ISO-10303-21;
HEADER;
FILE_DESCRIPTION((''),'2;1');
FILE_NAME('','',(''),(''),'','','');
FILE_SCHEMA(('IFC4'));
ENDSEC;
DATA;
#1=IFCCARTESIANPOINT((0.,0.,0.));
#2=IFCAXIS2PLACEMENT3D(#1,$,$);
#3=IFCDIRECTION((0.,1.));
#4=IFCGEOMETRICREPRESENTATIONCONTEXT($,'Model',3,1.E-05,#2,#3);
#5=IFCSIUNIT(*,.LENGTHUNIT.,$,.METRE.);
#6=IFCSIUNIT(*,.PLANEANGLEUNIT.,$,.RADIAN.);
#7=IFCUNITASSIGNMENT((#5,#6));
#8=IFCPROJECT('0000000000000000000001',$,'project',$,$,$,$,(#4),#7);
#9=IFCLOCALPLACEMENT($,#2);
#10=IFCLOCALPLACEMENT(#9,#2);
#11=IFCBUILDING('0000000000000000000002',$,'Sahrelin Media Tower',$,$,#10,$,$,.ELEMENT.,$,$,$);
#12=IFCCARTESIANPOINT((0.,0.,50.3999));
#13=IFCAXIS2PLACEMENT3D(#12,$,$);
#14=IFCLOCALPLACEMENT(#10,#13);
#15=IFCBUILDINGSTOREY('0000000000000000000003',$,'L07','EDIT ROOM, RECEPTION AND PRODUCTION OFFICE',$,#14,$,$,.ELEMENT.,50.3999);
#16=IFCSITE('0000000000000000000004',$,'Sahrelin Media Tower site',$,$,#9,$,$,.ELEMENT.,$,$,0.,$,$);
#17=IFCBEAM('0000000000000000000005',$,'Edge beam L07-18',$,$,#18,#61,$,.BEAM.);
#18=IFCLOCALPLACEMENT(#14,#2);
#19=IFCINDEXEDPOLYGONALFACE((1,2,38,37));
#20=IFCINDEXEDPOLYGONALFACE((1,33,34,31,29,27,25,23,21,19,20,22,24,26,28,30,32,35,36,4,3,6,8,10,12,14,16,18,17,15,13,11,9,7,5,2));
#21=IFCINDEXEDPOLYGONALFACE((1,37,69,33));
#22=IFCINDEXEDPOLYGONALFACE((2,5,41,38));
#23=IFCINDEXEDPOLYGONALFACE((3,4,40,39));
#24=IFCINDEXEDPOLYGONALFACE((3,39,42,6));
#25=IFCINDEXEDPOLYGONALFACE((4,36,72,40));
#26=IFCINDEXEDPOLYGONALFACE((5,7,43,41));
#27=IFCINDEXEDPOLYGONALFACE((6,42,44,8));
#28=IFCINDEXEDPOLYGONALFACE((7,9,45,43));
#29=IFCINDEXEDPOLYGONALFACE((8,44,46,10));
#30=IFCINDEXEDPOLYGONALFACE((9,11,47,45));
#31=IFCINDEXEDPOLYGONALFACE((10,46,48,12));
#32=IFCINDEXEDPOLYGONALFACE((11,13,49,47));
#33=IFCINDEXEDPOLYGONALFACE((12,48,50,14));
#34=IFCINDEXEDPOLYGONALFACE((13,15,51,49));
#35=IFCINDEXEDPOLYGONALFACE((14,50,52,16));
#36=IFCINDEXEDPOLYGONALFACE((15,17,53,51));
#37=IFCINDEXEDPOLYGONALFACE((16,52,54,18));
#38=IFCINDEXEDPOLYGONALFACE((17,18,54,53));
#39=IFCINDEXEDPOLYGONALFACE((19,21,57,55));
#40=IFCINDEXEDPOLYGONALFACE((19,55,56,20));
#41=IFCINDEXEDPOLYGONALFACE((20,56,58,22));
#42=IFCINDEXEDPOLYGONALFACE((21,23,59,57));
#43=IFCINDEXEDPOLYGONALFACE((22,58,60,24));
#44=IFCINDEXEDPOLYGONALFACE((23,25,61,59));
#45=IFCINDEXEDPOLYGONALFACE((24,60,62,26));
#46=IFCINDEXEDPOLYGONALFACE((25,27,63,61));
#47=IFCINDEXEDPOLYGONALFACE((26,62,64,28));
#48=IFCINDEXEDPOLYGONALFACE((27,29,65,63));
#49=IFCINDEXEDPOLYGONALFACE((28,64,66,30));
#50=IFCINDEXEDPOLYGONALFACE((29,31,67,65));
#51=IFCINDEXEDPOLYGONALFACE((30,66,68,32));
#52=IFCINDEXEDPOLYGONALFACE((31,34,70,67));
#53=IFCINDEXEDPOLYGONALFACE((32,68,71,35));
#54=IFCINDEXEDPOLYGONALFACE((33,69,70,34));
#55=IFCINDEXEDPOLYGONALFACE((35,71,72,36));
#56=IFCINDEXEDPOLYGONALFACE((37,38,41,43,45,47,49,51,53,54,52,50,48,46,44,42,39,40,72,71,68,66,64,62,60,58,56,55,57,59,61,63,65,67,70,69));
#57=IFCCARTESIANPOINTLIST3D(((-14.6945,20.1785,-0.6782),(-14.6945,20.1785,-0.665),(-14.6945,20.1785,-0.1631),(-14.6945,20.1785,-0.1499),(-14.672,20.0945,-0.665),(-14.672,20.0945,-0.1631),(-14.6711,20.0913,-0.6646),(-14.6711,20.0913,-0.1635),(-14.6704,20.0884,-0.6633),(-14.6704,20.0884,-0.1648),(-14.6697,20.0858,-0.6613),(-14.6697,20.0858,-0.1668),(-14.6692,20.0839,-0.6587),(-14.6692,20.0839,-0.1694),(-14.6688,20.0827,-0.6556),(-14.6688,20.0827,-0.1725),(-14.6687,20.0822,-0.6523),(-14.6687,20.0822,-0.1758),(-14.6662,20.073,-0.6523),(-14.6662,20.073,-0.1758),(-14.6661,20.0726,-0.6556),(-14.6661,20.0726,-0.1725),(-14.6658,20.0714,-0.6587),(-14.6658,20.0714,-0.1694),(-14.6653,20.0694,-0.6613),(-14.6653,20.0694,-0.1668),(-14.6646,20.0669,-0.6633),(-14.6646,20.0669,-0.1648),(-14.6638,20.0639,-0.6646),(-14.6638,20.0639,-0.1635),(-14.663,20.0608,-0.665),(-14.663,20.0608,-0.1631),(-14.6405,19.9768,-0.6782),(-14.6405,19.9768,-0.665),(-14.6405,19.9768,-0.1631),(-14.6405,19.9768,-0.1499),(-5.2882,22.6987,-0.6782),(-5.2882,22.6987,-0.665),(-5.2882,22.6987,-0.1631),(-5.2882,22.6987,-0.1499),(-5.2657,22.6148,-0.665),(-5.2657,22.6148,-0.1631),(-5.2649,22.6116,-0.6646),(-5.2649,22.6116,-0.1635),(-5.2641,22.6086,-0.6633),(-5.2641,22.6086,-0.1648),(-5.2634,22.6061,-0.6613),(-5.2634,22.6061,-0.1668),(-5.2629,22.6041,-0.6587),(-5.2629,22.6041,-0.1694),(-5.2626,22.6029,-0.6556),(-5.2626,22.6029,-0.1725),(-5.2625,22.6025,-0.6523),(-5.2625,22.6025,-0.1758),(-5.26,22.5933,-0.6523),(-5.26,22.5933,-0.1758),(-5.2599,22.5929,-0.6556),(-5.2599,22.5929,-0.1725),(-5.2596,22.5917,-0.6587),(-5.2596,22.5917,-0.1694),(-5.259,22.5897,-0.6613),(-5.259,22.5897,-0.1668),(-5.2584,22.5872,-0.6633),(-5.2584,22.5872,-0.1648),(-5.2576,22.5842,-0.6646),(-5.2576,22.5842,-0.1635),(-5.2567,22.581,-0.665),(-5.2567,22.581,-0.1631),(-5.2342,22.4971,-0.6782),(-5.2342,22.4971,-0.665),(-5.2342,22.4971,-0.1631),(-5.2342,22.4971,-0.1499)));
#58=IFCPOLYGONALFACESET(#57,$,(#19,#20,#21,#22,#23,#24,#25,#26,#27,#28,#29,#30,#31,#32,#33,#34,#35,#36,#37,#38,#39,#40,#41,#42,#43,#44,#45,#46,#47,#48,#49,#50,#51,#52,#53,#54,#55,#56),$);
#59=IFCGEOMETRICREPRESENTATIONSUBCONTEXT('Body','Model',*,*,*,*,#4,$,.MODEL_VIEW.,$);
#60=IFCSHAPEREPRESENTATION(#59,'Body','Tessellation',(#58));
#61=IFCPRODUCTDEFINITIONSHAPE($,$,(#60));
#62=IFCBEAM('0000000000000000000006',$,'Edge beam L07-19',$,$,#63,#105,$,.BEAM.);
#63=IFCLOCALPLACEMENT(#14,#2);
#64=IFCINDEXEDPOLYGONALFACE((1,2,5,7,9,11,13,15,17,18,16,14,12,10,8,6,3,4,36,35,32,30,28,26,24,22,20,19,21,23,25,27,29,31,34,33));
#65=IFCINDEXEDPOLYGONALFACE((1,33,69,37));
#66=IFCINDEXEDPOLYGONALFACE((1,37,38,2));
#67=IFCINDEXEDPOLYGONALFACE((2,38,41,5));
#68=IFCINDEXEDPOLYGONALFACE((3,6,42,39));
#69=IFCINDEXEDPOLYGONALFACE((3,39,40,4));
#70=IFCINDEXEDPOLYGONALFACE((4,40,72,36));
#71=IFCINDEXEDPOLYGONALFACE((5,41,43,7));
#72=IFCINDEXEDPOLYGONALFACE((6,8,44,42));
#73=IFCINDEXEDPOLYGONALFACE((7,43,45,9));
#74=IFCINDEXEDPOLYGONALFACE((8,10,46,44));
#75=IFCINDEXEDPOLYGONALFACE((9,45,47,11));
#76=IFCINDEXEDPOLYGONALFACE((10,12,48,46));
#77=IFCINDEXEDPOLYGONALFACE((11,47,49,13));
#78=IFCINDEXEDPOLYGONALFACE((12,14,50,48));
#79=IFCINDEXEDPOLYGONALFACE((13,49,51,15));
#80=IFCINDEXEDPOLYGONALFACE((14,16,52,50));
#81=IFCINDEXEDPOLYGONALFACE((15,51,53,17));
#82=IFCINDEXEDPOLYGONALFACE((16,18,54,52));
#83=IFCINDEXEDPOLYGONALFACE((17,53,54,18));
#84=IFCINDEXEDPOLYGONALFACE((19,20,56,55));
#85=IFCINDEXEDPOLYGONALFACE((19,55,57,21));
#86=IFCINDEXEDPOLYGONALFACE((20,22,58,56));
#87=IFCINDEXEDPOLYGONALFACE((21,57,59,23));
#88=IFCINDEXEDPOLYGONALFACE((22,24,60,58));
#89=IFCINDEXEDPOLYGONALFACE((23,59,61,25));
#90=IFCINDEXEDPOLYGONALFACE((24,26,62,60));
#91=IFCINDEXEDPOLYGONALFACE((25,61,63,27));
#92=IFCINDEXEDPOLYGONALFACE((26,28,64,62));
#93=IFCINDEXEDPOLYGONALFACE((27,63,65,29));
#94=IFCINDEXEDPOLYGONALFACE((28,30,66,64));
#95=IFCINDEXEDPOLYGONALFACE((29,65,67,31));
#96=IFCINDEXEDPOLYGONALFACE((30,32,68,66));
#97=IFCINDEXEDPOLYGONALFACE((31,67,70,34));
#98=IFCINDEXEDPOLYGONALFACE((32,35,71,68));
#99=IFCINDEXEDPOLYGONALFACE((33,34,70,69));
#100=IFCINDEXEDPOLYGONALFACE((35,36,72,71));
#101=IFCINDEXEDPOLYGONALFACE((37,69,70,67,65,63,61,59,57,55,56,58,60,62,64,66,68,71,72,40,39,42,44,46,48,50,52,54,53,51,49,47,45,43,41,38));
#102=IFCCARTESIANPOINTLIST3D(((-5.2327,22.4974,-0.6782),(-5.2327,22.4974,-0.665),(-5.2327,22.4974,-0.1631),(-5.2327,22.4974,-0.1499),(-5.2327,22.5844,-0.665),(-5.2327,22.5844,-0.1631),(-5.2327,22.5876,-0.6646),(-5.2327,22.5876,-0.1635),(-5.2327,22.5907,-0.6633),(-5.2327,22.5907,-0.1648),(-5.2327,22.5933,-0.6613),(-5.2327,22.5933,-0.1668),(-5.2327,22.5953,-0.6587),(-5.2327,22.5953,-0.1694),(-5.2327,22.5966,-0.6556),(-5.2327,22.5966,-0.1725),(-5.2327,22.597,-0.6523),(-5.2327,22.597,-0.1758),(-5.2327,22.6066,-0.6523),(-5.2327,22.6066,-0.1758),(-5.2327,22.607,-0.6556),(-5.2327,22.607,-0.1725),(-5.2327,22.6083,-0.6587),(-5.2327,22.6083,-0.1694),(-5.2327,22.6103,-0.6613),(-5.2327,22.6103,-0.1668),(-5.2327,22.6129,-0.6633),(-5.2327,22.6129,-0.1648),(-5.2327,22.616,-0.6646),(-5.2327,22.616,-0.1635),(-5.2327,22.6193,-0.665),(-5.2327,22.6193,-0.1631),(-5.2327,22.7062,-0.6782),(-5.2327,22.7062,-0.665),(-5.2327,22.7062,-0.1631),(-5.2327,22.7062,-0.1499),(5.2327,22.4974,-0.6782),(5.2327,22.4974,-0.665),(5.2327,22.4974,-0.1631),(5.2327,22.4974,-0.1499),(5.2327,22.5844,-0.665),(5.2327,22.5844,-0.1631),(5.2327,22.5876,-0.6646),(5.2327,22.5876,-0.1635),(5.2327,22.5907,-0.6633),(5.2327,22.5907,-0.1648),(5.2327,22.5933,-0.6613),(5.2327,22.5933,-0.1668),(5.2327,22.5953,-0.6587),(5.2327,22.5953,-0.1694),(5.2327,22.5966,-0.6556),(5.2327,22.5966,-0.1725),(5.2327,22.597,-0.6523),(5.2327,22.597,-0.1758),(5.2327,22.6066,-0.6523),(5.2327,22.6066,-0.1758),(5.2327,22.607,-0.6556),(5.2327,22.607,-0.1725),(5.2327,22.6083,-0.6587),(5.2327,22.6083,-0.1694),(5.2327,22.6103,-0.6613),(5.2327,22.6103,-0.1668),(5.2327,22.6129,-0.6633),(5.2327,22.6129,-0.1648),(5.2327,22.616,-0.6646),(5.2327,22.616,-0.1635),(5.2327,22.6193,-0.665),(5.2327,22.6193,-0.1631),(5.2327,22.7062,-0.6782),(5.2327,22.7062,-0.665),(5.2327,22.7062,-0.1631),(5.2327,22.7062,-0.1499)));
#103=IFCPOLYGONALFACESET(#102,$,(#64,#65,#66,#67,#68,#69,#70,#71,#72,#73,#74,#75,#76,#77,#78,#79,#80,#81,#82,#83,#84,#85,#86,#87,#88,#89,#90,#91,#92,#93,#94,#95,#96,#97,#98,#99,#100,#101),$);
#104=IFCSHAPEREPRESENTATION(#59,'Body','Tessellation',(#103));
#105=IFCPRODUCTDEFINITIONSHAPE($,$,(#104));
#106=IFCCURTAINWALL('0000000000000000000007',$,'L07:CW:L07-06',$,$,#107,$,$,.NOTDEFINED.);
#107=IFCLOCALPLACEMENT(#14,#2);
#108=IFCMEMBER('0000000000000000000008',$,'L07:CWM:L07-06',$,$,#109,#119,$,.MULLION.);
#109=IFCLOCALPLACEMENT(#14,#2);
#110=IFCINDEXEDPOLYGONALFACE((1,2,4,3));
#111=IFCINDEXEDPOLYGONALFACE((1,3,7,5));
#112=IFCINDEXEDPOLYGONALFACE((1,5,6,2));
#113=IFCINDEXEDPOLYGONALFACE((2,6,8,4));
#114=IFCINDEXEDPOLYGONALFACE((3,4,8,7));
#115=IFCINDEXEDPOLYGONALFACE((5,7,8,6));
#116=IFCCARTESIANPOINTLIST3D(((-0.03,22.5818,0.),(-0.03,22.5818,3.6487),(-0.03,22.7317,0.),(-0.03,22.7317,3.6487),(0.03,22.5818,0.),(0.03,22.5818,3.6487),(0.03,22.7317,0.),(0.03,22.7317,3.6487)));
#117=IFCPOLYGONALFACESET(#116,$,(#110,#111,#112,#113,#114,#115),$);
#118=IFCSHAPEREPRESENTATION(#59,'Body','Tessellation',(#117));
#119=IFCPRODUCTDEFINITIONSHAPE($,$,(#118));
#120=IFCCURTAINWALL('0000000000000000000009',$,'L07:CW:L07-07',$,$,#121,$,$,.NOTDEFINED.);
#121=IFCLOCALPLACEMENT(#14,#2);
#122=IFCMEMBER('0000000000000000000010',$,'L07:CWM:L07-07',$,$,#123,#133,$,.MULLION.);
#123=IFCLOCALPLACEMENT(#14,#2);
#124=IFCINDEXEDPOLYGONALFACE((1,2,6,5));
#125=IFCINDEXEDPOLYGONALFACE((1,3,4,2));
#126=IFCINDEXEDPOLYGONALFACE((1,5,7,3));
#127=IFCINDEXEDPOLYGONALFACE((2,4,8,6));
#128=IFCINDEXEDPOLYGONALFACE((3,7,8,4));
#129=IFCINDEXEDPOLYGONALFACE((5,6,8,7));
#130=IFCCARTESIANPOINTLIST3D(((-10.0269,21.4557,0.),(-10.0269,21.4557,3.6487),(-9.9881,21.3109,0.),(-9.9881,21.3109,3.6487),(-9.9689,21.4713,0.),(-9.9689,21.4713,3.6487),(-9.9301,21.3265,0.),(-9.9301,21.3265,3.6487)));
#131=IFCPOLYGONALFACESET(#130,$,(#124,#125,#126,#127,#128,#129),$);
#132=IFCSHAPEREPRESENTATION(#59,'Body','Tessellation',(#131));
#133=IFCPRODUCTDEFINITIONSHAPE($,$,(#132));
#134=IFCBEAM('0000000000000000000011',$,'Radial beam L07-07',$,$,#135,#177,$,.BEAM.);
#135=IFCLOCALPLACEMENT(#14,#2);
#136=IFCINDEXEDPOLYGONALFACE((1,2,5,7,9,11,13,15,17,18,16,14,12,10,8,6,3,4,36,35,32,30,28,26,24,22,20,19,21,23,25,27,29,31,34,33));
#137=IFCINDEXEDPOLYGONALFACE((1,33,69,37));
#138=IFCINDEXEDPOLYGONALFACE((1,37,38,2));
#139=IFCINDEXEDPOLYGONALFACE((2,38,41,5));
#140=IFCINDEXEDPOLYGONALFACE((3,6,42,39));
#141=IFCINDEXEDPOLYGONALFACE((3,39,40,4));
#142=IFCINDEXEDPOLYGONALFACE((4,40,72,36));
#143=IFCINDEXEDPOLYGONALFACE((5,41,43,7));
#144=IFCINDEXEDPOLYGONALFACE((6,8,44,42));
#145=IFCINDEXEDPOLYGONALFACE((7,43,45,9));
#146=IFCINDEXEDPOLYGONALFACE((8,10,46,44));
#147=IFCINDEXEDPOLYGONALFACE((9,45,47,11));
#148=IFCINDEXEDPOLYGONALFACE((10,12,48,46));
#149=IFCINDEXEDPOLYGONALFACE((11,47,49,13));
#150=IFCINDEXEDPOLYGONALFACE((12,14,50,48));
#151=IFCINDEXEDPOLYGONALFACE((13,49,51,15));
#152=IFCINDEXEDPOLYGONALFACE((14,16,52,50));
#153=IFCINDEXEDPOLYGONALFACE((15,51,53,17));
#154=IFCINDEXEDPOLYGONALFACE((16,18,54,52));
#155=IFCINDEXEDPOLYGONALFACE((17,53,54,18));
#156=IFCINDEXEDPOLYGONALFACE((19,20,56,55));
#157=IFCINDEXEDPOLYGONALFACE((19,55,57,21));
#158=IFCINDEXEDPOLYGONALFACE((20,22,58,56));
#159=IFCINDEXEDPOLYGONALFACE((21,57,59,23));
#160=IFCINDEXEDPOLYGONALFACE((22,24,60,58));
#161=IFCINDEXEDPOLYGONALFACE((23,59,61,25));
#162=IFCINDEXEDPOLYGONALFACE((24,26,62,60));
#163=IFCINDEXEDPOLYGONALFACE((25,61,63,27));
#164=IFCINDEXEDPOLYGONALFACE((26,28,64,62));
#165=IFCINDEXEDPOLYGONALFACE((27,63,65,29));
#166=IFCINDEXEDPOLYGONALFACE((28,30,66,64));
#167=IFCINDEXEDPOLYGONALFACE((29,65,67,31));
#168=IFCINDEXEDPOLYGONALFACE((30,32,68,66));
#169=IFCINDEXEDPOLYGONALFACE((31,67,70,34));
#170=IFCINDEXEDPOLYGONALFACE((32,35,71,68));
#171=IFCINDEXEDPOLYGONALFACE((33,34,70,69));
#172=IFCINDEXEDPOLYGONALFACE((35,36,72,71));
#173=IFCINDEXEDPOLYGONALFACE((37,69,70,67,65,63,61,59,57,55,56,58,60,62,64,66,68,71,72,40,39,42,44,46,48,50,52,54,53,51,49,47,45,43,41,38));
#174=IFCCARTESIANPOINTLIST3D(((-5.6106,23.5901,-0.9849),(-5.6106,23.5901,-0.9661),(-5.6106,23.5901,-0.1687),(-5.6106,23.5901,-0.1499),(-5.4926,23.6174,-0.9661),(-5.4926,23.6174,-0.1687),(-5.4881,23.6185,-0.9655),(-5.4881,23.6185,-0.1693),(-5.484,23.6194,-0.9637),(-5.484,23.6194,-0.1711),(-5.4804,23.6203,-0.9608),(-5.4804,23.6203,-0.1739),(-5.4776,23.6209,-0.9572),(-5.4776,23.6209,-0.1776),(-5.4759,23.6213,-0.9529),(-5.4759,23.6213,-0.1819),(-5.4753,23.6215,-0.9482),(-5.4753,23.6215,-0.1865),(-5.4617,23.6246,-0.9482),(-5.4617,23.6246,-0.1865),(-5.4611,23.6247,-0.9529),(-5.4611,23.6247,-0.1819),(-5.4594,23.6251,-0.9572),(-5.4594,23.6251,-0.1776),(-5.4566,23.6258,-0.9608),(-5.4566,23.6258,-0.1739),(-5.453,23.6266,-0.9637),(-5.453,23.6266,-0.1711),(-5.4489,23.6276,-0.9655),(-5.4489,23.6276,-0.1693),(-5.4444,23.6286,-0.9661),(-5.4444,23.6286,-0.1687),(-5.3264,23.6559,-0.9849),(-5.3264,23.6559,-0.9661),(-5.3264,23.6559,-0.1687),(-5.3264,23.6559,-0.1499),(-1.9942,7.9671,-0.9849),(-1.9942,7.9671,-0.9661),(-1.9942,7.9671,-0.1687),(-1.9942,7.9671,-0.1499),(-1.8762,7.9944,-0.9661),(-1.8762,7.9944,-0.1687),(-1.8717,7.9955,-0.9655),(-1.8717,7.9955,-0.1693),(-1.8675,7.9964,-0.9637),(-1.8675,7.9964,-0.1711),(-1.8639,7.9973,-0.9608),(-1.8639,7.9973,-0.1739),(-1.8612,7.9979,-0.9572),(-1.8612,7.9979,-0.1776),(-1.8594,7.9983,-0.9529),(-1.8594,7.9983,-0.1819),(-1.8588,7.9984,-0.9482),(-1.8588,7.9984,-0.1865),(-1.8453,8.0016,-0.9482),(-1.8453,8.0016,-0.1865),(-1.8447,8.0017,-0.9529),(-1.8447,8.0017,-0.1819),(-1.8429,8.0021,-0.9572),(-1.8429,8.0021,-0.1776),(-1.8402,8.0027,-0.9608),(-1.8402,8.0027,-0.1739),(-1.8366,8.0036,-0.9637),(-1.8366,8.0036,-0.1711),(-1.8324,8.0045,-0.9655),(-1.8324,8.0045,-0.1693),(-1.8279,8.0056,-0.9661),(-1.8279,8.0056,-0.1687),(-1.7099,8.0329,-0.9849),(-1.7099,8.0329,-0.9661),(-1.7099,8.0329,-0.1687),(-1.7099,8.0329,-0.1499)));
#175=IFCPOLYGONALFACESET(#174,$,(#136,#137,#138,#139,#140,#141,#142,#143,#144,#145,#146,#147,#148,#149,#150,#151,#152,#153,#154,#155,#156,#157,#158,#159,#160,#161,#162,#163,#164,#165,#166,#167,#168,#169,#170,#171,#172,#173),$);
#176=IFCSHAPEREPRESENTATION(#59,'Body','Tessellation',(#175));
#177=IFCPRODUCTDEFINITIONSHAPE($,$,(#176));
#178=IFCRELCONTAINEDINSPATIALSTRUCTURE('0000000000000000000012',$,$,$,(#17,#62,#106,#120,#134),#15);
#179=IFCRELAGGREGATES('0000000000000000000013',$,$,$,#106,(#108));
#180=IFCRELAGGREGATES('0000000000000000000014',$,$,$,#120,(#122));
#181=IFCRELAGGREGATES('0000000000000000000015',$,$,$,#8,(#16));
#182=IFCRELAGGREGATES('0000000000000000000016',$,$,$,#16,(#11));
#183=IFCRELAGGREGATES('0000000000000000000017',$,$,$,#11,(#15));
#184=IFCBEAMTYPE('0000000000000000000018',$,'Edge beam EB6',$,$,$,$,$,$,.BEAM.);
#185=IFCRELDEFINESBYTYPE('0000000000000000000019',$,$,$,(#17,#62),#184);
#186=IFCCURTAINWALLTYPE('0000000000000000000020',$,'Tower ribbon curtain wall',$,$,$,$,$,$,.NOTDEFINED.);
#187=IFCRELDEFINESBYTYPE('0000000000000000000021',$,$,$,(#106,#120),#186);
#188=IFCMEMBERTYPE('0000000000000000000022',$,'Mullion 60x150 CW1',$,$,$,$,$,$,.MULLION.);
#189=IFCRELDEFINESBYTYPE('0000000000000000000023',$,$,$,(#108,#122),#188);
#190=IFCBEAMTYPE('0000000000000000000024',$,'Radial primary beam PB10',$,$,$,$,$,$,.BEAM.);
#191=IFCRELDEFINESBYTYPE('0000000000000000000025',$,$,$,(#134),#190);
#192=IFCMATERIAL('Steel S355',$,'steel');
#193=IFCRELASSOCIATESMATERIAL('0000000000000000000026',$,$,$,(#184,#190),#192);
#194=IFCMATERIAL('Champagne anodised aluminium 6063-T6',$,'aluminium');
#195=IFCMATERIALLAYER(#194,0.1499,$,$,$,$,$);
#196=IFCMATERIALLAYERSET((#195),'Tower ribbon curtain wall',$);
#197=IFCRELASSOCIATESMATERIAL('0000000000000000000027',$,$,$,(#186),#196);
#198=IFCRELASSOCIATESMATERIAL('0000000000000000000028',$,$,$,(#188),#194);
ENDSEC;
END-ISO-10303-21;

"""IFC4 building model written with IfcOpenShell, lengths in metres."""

from ifc_helpers import new_model, si_unit, direction, frame, origin, origin_2d, place, context, subcontext, project, spatial, rectangle, i_section, extrude, material, layer, layer_set, material_profile, profile_set, type_object, element, aggregate, save


model = new_model("IFC4")

# Units and contexts
model_context = context("Model", 3, precision=1e-05, world=origin(), true_north=direction((0.0, 1.0)))
body_context = subcontext(model_context, "Body", "Model", "MODEL_VIEW")
ifc_project = project(units=[si_unit("LENGTHUNIT", "METRE"), si_unit("PLANEANGLEUNIT", "RADIAN")], contexts=[model_context])

# Site, building, storey
site_placement = place(None, origin())
site = spatial("IfcSite", under=ifc_project, at=site_placement, Name="Sahrelin Media Tower site", CompositionType="ELEMENT", RefElevation=0.0)
building_placement = place(site_placement, origin())
building = spatial("IfcBuilding", under=site, at=building_placement, Name="Sahrelin Media Tower", CompositionType="ELEMENT")
storey_placement = place(building_placement, frame((0.0, 0.0, 50.3999)))
storey = spatial("IfcBuildingStorey", under=building, at=storey_placement, Name="L07", Description="EDIT ROOM, RECEPTION AND PRODUCTION OFFICE", CompositionType="ELEMENT", Elevation=50.3999)

# Beams
ifc_material_1 = material(Name="Steel S355", Category="steel")
ifc_material_profile_1 = material_profile(ifc_material_1, i_section(OverallWidth=0.2087, OverallDepth=0.5283, WebThickness=0.0095, FlangeThickness=0.0132, FilletRadius=0.0127, at=origin_2d()), Name="UB 533x210x82")
ifc_profile_set_1 = profile_set([ifc_material_profile_1], Name="Steel S355")
beam_type_1 = type_object("IfcBeamType", Name="Edge beam EB6", PredefinedType="BEAM", material=ifc_profile_set_1)
beam_1_placement = place(storey_placement, frame((-14.6675, 20.0776, -0.4141), z_axis=(0.965929, 0.258806, 0.0), x_axis=(-0.258806, 0.965929, 0.0)))
element("IfcBeam", 1, at=beam_1_placement, inside=storey, type_object=beam_type_1, Name="Edge beam L07-18", PredefinedType="BEAM", context=body_context, shape_type="SweptSolid", body=[
    extrude(i_section(OverallWidth=0.2087, OverallDepth=0.5283, WebThickness=0.0095, FlangeThickness=0.0132, FilletRadius=0.0127, at=origin_2d()), origin(), (0.0, 0.0, 1.0), 9.738),
])
beam_2_placement = place(storey_placement, frame((-5.2327, 22.6018, -0.4141), z_axis=(1.0, 0.0, 0.0), x_axis=(0.0, 1.0, 0.0)))
element("IfcBeam", 2, at=beam_2_placement, inside=storey, type_object=beam_type_1, Name="Edge beam L07-19", PredefinedType="BEAM", context=body_context, shape_type="SweptSolid", body=[
    extrude(i_section(OverallWidth=0.2087, OverallDepth=0.5283, WebThickness=0.0095, FlangeThickness=0.0132, FilletRadius=0.0127, at=origin_2d()), origin(), (0.0, 0.0, 1.0), 10.4653),
])

# Curtain walls, members
ifc_material_2 = material(Name="Champagne anodised aluminium 6063-T6", Category="aluminium")
ifc_layer_1 = layer(ifc_material_2, 0.1499)
ifc_layer_set_1 = layer_set([ifc_layer_1], Name="Tower ribbon curtain wall")
curtain_wall_type = type_object("IfcCurtainWallType", Name="Tower ribbon curtain wall", PredefinedType="NOTDEFINED", material=ifc_layer_set_1)
curtain_wall_1_placement = place(storey_placement, frame((0.0, 22.7517, 0.0), z_axis=(0.0, 0.0, 1.0), x_axis=(1.0, 0.0, 0.0)))
curtain_wall_1 = element("IfcCurtainWall", 3, at=curtain_wall_1_placement, inside=storey, type_object=curtain_wall_type, Name="L07:CW:L07-06", PredefinedType="NOTDEFINED")
ifc_material_profile_2 = material_profile(ifc_material_2, rectangle(XDim=0.0601, YDim=0.1499, at=origin_2d()), Name="Mullion 60x150")
ifc_profile_set_2 = profile_set([ifc_material_profile_2], Name="Champagne anodised aluminium 6063-T6")
member_type_1 = type_object("IfcMemberType", Name="Mullion 60x150 CW1", PredefinedType="MULLION", material=ifc_profile_set_2)
member_1_placement = place(storey_placement, frame((0.0, 22.6567, 0.0), z_axis=(0.0, 0.0, 1.0), x_axis=(-1.0, 0.0, 0.0)))
member_1 = element("IfcMember", 4, at=member_1_placement, type_object=member_type_1, Name="L07:CWM:L07-06", PredefinedType="MULLION", context=body_context, shape_type="SweptSolid", body=[
    extrude(rectangle(XDim=0.0601, YDim=0.1499, at=origin_2d()), origin(), (0.0, 0.0, 1.0), 3.6487),
])
aggregate(curtain_wall_1, [member_1])
curtain_wall_2_placement = place(storey_placement, frame((-10.0032, 21.4827, 0.0), z_axis=(0.0, 0.0, 1.0), x_axis=(1.0, 0.0, 0.0)))
curtain_wall_2 = element("IfcCurtainWall", 5, at=curtain_wall_2_placement, inside=storey, type_object=curtain_wall_type, Name="L07:CW:L07-07", PredefinedType="NOTDEFINED")
member_2_placement = place(storey_placement, frame((-9.9785, 21.3911, 0.0), z_axis=(0.0, 0.0, 1.0), x_axis=(-0.965927, -0.258814, 0.0)))
member_2 = element("IfcMember", 6, at=member_2_placement, type_object=member_type_1, Name="L07:CWM:L07-07", PredefinedType="MULLION", context=body_context, shape_type="SweptSolid", body=[
    extrude(rectangle(XDim=0.0601, YDim=0.1499, at=origin_2d()), origin(), (0.0, 0.0, 1.0), 3.6487),
])

# Beam
ifc_material_profile_3 = material_profile(ifc_material_1, i_section(OverallWidth=0.2917, OverallDepth=0.835, WebThickness=0.0139, FlangeThickness=0.0188, FilletRadius=0.0178, at=origin_2d()), Name="UB 838x292x176")
ifc_profile_set_3 = profile_set([ifc_material_profile_3], Name="Steel S355")
beam_type_2 = type_object("IfcBeamType", Name="Radial primary beam PB10", PredefinedType="BEAM", material=ifc_profile_set_3)
beam_3_placement = place(storey_placement, frame((-1.8521, 8.0, -0.5674), z_axis=(-0.225519, 0.974239, 0.0), x_axis=(-0.974239, -0.225519, 0.0)))
element("IfcBeam", 7, at=beam_3_placement, inside=storey, type_object=beam_type_2, Name="Radial beam L07-07", PredefinedType="BEAM", context=body_context, shape_type="SweptSolid", body=[
    extrude(i_section(OverallWidth=0.2917, OverallDepth=0.835, WebThickness=0.0139, FlangeThickness=0.0188, FilletRadius=0.0178, at=origin_2d()), origin(), (0.0, 0.0, 1.0), 16.0361),
])

aggregate(curtain_wall_2, [member_2])

save(model, "model.ifc")
